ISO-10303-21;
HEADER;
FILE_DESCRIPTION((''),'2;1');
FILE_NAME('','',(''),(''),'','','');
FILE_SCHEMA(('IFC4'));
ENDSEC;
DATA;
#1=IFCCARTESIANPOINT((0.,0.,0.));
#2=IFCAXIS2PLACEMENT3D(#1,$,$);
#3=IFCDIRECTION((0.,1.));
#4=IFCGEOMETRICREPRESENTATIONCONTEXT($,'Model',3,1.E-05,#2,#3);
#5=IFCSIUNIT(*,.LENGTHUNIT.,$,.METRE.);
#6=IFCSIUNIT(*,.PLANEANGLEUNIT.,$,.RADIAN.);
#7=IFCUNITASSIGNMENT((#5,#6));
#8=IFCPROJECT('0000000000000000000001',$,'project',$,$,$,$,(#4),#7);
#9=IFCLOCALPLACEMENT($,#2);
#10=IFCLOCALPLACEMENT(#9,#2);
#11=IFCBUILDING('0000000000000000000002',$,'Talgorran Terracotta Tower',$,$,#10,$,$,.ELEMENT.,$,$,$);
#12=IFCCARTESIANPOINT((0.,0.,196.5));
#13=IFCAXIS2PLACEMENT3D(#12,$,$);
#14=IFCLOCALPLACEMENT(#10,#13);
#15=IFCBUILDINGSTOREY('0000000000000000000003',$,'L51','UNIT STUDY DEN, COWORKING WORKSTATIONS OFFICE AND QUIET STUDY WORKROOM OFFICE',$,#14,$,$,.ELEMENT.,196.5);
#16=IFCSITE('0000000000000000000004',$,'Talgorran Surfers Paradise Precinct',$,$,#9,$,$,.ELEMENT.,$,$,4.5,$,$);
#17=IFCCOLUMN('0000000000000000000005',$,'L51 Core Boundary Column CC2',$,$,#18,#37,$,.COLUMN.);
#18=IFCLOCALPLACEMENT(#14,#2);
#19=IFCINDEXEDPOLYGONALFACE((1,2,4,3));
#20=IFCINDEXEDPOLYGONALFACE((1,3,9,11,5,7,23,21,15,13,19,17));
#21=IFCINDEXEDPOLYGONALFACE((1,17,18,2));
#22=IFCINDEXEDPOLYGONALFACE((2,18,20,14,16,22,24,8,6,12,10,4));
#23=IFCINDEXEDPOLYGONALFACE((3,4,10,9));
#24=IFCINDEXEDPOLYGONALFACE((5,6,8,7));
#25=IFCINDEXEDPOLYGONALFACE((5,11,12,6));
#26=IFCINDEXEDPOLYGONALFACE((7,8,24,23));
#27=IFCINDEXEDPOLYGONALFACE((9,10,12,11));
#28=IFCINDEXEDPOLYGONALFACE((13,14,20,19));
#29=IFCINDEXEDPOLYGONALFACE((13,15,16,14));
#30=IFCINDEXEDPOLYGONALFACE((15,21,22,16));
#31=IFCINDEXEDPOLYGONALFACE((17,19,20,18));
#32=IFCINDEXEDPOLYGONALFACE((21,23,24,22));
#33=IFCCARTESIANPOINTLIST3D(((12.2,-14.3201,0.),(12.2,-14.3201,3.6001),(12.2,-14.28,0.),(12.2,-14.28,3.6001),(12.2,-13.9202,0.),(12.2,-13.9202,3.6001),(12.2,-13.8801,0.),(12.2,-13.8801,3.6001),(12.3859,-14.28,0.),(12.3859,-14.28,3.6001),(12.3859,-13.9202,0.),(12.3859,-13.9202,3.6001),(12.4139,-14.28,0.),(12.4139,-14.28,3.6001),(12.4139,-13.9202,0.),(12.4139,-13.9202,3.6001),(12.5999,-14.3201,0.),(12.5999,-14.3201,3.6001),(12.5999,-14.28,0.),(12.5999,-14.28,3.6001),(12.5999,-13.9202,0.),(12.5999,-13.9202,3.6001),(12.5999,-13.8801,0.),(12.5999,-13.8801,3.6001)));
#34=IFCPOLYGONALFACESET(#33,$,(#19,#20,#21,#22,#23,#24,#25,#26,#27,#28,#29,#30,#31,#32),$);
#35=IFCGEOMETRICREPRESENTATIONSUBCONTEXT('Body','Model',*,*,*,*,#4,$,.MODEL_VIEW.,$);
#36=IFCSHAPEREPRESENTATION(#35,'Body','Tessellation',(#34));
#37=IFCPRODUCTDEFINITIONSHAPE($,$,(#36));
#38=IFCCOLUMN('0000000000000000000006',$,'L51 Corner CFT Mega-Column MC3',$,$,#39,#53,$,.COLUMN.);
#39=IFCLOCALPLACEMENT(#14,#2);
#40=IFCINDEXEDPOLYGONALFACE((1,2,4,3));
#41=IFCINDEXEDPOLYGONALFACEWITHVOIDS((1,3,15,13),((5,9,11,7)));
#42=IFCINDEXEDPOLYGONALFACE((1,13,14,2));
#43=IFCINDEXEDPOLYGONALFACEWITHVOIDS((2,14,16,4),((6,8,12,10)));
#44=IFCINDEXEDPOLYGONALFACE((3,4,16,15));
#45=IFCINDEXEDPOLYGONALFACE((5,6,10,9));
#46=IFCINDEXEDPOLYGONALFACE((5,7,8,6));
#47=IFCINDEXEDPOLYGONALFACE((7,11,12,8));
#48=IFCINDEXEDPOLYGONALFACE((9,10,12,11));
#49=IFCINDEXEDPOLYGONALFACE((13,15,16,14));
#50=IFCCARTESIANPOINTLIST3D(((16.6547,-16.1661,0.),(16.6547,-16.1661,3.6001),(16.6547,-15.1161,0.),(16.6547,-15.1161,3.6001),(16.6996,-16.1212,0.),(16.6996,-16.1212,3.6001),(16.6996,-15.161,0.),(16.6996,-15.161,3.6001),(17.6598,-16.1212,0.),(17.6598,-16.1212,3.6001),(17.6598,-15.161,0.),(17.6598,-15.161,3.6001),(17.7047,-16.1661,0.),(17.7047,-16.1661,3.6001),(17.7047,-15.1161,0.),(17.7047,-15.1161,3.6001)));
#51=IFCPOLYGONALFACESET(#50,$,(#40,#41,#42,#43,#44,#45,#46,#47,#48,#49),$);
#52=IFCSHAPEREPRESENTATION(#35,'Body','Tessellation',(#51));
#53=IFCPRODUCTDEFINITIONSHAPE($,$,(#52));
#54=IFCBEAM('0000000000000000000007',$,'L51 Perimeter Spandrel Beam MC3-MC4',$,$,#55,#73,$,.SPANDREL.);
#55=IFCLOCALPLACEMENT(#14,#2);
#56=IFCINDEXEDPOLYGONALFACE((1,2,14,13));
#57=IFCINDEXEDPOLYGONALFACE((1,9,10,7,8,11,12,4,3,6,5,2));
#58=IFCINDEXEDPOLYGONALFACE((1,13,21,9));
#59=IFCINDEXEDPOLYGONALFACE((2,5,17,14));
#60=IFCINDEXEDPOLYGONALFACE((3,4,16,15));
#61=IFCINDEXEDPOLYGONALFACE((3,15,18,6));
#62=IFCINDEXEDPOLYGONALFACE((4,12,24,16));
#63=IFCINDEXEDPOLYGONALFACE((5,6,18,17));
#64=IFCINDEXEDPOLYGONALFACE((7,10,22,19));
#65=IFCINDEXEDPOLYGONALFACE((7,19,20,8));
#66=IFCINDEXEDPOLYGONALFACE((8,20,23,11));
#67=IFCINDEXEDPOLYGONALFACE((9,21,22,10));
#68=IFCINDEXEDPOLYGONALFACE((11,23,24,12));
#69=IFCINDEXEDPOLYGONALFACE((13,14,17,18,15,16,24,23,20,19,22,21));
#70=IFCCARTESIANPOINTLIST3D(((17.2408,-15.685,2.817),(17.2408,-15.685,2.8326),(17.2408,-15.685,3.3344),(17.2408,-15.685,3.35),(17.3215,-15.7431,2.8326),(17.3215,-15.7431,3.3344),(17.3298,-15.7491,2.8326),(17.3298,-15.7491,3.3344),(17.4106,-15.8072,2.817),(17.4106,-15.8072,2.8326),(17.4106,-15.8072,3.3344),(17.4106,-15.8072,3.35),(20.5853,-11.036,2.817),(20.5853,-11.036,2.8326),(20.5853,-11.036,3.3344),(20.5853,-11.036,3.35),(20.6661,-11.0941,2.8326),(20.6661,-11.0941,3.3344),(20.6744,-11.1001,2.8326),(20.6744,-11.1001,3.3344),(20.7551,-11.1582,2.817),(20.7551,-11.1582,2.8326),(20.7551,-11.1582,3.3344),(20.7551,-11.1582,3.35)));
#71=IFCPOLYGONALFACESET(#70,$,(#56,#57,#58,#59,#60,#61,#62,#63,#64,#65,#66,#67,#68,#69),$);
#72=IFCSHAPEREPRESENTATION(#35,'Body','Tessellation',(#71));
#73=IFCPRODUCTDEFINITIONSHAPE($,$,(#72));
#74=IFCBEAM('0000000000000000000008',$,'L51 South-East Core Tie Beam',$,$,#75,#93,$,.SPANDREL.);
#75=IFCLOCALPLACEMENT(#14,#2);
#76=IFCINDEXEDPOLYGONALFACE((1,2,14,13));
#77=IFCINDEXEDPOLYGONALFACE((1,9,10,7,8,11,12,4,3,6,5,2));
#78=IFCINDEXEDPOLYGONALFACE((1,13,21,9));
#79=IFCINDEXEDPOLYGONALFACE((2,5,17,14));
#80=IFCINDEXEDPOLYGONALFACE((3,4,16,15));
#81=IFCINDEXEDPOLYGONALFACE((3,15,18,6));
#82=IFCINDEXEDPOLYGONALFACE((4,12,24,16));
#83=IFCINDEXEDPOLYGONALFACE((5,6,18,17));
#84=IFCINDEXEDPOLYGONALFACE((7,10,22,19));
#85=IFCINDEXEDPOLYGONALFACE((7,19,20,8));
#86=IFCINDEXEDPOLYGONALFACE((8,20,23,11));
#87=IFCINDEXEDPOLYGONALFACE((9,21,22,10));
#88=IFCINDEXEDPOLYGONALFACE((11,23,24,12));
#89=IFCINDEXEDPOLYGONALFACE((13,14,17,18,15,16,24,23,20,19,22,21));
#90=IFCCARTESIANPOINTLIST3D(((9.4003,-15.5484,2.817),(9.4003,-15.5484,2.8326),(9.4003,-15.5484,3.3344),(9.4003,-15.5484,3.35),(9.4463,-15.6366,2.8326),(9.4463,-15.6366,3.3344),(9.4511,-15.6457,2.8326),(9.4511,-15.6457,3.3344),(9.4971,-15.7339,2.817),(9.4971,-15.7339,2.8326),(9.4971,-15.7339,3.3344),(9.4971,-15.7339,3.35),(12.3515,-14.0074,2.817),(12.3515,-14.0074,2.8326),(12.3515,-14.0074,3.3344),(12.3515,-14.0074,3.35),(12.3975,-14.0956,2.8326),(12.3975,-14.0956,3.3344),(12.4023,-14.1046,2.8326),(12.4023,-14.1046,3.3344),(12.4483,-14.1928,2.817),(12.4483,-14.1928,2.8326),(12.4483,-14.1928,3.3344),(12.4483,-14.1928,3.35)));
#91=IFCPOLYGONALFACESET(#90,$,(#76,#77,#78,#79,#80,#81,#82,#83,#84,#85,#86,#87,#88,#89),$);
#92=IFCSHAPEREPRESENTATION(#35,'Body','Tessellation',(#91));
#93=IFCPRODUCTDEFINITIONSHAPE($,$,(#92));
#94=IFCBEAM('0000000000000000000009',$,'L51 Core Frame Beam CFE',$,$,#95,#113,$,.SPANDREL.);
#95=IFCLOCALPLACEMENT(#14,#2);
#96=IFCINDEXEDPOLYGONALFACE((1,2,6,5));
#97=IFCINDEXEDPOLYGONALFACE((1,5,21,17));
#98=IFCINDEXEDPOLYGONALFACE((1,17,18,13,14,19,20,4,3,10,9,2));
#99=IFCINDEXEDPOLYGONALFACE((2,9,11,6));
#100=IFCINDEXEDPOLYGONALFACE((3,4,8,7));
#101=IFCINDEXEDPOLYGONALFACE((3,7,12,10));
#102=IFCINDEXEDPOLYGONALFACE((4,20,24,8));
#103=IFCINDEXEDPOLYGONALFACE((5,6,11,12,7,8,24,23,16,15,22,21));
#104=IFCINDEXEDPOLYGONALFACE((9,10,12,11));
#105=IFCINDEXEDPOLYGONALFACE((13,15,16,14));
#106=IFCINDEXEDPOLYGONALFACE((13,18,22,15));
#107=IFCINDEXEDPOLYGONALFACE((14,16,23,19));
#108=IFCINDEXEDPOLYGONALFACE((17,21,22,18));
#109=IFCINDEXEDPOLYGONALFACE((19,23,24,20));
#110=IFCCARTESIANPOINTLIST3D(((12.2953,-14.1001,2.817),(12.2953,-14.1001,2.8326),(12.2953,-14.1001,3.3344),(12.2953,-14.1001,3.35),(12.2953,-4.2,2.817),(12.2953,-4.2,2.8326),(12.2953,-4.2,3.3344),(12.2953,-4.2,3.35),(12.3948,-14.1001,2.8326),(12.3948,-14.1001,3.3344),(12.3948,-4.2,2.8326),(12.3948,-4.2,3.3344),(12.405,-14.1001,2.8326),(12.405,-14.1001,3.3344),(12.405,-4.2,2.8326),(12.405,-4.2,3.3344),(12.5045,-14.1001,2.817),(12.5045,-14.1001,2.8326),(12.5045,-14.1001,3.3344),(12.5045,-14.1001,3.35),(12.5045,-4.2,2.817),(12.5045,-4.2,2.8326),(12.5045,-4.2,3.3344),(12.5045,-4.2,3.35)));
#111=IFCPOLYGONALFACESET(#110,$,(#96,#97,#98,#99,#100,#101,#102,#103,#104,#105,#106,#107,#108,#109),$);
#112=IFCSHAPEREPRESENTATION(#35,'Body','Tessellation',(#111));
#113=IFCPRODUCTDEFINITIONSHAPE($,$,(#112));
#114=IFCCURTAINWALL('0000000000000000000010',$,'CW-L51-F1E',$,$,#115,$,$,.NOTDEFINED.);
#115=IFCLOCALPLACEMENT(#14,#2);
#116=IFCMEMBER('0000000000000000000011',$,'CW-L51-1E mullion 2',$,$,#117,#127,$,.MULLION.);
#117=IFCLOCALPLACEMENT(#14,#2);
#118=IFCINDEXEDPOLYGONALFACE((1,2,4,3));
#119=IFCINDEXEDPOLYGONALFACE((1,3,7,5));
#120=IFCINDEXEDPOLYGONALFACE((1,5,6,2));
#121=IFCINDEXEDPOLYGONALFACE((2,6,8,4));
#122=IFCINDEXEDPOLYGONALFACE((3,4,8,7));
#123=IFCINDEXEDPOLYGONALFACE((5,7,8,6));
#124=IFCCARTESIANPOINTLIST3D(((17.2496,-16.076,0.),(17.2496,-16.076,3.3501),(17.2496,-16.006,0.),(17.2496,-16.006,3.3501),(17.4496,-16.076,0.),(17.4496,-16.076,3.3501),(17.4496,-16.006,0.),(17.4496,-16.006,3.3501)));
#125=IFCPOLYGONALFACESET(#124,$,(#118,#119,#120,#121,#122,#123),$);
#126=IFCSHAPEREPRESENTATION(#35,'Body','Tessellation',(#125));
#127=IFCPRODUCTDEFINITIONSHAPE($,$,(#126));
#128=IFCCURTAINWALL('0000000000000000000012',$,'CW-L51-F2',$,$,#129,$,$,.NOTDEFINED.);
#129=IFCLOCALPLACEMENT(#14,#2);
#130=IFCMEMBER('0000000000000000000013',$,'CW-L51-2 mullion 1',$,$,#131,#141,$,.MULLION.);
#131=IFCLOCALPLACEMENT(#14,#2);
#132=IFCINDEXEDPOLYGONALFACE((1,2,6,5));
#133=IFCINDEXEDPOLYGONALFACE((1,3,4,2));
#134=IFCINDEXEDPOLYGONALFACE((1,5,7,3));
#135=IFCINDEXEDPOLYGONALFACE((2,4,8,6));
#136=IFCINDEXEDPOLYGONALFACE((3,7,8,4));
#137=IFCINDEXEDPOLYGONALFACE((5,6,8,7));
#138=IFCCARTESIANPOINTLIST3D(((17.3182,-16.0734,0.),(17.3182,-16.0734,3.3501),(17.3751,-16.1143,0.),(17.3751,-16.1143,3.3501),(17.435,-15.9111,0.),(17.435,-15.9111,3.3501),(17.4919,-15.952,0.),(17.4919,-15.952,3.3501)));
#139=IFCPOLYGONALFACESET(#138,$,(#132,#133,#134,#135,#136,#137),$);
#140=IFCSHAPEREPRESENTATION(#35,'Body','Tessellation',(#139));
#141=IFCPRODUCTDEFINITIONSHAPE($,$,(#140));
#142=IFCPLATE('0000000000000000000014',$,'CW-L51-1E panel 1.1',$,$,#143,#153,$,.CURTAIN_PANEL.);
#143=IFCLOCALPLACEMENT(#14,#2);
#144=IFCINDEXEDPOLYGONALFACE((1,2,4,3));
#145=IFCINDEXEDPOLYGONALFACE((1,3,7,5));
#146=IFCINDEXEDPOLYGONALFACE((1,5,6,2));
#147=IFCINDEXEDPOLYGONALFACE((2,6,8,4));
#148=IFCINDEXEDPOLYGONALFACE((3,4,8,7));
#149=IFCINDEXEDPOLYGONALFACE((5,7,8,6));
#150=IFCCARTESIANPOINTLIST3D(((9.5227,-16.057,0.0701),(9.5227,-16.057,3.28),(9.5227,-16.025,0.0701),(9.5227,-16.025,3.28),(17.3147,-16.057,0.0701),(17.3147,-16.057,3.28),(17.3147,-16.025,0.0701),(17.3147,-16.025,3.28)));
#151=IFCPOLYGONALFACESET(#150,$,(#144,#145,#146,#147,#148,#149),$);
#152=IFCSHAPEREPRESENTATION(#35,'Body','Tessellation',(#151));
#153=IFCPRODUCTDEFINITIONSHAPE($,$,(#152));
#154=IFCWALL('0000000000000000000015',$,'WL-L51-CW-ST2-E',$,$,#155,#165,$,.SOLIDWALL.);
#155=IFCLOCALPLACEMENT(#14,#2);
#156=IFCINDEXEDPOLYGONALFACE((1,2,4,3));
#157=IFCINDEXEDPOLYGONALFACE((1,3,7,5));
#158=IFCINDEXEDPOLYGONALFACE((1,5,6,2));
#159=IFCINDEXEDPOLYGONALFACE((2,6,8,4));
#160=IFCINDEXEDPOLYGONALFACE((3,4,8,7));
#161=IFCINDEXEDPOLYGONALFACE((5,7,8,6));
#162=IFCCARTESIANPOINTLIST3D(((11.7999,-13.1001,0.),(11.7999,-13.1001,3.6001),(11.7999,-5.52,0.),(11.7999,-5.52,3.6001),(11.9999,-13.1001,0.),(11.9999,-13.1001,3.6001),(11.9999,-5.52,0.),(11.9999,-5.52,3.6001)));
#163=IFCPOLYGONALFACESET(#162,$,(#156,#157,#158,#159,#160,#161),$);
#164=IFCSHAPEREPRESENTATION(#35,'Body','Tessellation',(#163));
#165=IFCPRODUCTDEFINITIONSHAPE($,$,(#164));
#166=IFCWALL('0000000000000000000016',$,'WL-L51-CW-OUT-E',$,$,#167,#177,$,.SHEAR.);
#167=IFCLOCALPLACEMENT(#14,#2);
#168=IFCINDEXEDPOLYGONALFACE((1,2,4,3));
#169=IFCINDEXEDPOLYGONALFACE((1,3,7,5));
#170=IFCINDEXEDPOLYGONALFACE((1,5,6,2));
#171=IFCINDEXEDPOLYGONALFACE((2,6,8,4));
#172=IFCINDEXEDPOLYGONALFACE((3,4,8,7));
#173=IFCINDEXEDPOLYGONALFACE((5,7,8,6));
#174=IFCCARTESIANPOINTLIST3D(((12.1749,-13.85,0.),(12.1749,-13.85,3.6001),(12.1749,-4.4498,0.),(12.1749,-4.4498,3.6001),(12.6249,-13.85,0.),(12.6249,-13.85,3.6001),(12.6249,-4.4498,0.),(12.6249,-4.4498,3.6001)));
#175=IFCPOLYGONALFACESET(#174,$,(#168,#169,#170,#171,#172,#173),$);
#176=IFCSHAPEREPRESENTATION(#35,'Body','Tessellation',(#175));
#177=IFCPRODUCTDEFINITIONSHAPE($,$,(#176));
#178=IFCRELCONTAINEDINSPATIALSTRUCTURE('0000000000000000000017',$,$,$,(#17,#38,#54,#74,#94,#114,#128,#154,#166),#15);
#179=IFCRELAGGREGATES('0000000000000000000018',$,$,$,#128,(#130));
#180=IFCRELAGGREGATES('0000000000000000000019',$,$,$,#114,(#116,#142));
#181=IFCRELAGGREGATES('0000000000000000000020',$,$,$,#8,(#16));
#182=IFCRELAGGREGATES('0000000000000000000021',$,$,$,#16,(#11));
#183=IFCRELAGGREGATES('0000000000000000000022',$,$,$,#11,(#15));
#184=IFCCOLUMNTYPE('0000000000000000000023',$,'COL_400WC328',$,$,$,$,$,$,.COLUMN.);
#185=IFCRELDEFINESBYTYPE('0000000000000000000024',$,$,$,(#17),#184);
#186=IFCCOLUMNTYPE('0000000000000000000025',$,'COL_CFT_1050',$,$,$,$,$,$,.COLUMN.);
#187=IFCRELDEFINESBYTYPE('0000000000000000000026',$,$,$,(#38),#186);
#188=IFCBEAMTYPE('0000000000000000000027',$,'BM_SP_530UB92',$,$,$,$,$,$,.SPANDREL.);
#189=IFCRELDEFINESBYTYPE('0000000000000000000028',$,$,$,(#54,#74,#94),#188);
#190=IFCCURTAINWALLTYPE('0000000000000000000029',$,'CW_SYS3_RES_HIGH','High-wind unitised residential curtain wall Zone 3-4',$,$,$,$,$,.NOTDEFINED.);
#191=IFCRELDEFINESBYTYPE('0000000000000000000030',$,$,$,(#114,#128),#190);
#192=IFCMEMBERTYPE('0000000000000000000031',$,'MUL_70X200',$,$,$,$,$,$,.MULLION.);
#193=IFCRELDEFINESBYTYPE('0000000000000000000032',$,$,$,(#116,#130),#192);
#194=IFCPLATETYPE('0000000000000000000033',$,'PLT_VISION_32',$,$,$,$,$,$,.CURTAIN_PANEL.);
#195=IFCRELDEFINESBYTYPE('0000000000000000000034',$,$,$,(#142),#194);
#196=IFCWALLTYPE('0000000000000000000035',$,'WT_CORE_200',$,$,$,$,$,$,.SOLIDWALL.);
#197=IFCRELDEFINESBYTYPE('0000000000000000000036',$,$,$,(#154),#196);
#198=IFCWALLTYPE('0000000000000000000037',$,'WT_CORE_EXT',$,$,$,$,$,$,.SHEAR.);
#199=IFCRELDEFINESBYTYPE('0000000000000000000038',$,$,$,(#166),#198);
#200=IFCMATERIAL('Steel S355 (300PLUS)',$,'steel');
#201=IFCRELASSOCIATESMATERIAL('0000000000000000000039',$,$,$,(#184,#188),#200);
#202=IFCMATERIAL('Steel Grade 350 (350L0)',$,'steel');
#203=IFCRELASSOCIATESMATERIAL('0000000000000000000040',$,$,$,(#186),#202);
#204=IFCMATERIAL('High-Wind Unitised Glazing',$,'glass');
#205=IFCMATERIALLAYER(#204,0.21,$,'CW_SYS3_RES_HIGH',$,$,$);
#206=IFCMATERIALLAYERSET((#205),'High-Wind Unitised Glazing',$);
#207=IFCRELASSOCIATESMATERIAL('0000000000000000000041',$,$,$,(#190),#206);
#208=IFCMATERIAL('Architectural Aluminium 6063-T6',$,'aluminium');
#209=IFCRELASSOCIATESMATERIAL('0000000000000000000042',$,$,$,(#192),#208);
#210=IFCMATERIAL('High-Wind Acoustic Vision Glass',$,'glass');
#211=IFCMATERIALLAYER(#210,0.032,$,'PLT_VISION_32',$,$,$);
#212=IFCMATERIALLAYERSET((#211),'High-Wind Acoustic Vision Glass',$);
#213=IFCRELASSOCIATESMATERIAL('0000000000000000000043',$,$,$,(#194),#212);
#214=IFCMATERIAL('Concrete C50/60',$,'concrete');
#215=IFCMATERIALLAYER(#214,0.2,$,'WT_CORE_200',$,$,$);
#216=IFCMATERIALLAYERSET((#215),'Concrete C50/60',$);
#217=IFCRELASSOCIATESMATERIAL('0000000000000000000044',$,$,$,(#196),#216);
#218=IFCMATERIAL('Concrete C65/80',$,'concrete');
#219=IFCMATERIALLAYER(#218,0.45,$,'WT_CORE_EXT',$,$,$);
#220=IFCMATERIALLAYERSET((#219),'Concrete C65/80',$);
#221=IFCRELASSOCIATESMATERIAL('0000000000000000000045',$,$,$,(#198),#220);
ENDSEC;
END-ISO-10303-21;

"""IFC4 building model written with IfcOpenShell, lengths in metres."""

from ifc_helpers import new_model, si_unit, direction, frame, frame_2d, origin, origin_2d, place, context, subcontext, project, spatial, rectangle, hollow_rectangle, i_section, extrude, source, transform, mapped, material, layer, layer_set, material_profile, profile_set, type_object, type_shapes, element, aggregate, save


model = new_model("IFC4")

# Units and contexts
model_context = context("Model", 3, precision=1e-05, world=origin(), true_north=direction((0.0, 1.0)))
body_context = subcontext(model_context, "Body", "Model", "MODEL_VIEW")
ifc_project = project(units=[si_unit("LENGTHUNIT", "METRE"), si_unit("PLANEANGLEUNIT", "RADIAN")], contexts=[model_context])

# Site, building, storey
site_placement = place(None, origin())
site = spatial("IfcSite", under=ifc_project, at=site_placement, Name="Talgorran Surfers Paradise Precinct", CompositionType="ELEMENT", RefElevation=4.5)
building_placement = place(site_placement, origin())
building = spatial("IfcBuilding", under=site, at=building_placement, Name="Talgorran Terracotta Tower", CompositionType="ELEMENT")
storey_placement = place(building_placement, frame((0.0, 0.0, 196.5)))
storey = spatial("IfcBuildingStorey", under=building, at=storey_placement, Name="L51", Description="UNIT STUDY DEN, COWORKING WORKSTATIONS OFFICE AND QUIET STUDY WORKROOM OFFICE", CompositionType="ELEMENT", Elevation=196.5)

# Columns
ifc_material_1 = material(Name="Steel S355 (300PLUS)", Category="steel")
ifc_material_profile_1 = material_profile(ifc_material_1, i_section(OverallWidth=0.3999, OverallDepth=0.4399, WebThickness=0.0281, FlangeThickness=0.04, at=origin_2d()), Name="400WC328")
ifc_profile_set_1 = profile_set([ifc_material_profile_1], Name="Steel S355 (300PLUS)")
column_type_1 = type_object("IfcColumnType", Name="COL_400WC328", PredefinedType="COLUMN", material=ifc_profile_set_1)
column_1_placement = place(storey_placement, frame((12.3999, -14.1001, 0.0), z_axis=(0.0, 0.0, 1.0), x_axis=(1.0, 0.0, 0.0)))
element("IfcColumn", 1, at=column_1_placement, inside=storey, type_object=column_type_1, Name="L51 Core Boundary Column CC2", PredefinedType="COLUMN", context=body_context, shape_type="SweptSolid", body=[
    extrude(i_section(OverallWidth=0.3999, OverallDepth=0.4399, WebThickness=0.0281, FlangeThickness=0.04, at=origin_2d()), origin(), (0.0, 0.0, 1.0), 3.6001),
])
ifc_material_2 = material(Name="Steel Grade 350 (350L0)", Category="steel")
ifc_material_profile_2 = material_profile(ifc_material_2, hollow_rectangle(XDim=1.05, YDim=1.05, WallThickness=0.0449, at=origin_2d()), Name="CFT1050X1050X45")
ifc_profile_set_2 = profile_set([ifc_material_profile_2], Name="Steel Grade 350 (350L0)")
column_type_2 = type_object("IfcColumnType", Name="COL_CFT_1050", PredefinedType="COLUMN", material=ifc_profile_set_2)
column_2_placement = place(storey_placement, frame((17.1797, -15.6411, 0.0), z_axis=(0.0, 0.0, 1.0), x_axis=(1.0, 0.0, 0.0)))
element("IfcColumn", 2, at=column_2_placement, inside=storey, type_object=column_type_2, Name="L51 Corner CFT Mega-Column MC3", PredefinedType="COLUMN", context=body_context, shape_type="SweptSolid", body=[
    extrude(hollow_rectangle(XDim=1.05, YDim=1.05, WallThickness=0.0449, at=origin_2d()), origin(), (0.0, 0.0, 1.0), 3.6001),
])

# Beams
ifc_material_profile_3 = material_profile(ifc_material_1, i_section(OverallWidth=0.2092, OverallDepth=0.533, WebThickness=0.0103, FlangeThickness=0.0156, at=origin_2d()), Name="530UB92.4")
ifc_profile_set_3 = profile_set([ifc_material_profile_3], Name="Steel S355 (300PLUS)")
beam_type = type_object("IfcBeamType", Name="BM_SP_530UB92", PredefinedType="SPANDREL", material=ifc_profile_set_3)
beam_1_placement = place(storey_placement, frame((17.3257, -15.7461, 3.0835), z_axis=(0.583989, 0.811761, 0.0), x_axis=(-0.811761, 0.583989, 0.0)))
element("IfcBeam", 3, at=beam_1_placement, inside=storey, type_object=beam_type, Name="L51 Perimeter Spandrel Beam MC3-MC4", PredefinedType="SPANDREL", context=body_context, shape_type="SweptSolid", body=[
    extrude(i_section(OverallWidth=0.2092, OverallDepth=0.533, WebThickness=0.0103, FlangeThickness=0.0156, at=origin_2d()), origin(), (0.0, 0.0, 1.0), 5.7271),
])
beam_2_placement = place(storey_placement, frame((12.3999, -14.1001, 3.0835), z_axis=(-0.886428, -0.462867, 0.0), x_axis=(0.462867, -0.886428, 0.0)))
element("IfcBeam", 4, at=beam_2_placement, inside=storey, type_object=beam_type, Name="L51 South-East Core Tie Beam", PredefinedType="SPANDREL", context=body_context, shape_type="SweptSolid", body=[
    extrude(i_section(OverallWidth=0.2092, OverallDepth=0.533, WebThickness=0.0103, FlangeThickness=0.0156, at=origin_2d()), origin(), (0.0, 0.0, 1.0), 3.3293),
])
beam_3_placement = place(storey_placement, frame((12.3999, -14.1001, 3.0835), z_axis=(0.0, 1.0, 0.0), x_axis=(-1.0, 0.0, 0.0)))
element("IfcBeam", 5, at=beam_3_placement, inside=storey, type_object=beam_type, Name="L51 Core Frame Beam CFE", PredefinedType="SPANDREL", context=body_context, shape_type="SweptSolid", body=[
    extrude(i_section(OverallWidth=0.2092, OverallDepth=0.533, WebThickness=0.0103, FlangeThickness=0.0156, at=origin_2d()), origin(), (0.0, 0.0, 1.0), 9.9001),
])

# Curtain walls, members
ifc_material_3 = material(Name="High-Wind Unitised Glazing", Category="glass")
ifc_layer_1 = layer(ifc_material_3, 0.21, Name="CW_SYS3_RES_HIGH")
ifc_layer_set_1 = layer_set([ifc_layer_1], Name="High-Wind Unitised Glazing")
curtain_wall_type = type_object("IfcCurtainWallType", Name="CW_SYS3_RES_HIGH", Description="High-wind unitised residential curtain wall Zone 3-4", PredefinedType="NOTDEFINED", material=ifc_layer_set_1)
curtain_wall_1_placement = place(storey_placement, origin())
curtain_wall_1 = element("IfcCurtainWall", 6, at=curtain_wall_1_placement, inside=storey, type_object=curtain_wall_type, Name="CW-L51-F1E", PredefinedType="NOTDEFINED")
ifc_material_4 = material(Name="Architectural Aluminium 6063-T6", Category="aluminium")
ifc_material_profile_4 = material_profile(ifc_material_4, rectangle(XDim=0.0701, YDim=0.2, at=origin_2d()), Name="CWM70X200")
ifc_profile_set_4 = profile_set([ifc_material_profile_4], Name="Architectural Aluminium 6063-T6")
member_type = type_object("IfcMemberType", Name="MUL_70X200", PredefinedType="MULLION", material=ifc_profile_set_4)
member_1_placement = place(storey_placement, frame((17.3496, -16.041, 0.0), z_axis=(0.0, 0.0, 1.0), x_axis=(0.0, 1.0, 0.0)))
member_1 = element("IfcMember", 7, at=member_1_placement, type_object=member_type, Name="CW-L51-1E mullion 2", PredefinedType="MULLION", context=body_context, shape_type="SweptSolid", body=[
    extrude(rectangle(XDim=0.0701, YDim=0.2, at=origin_2d()), origin(), (0.0, 0.0, 1.0), 3.3501),
])
curtain_wall_2_placement = place(storey_placement, origin())
curtain_wall_2 = element("IfcCurtainWall", 8, at=curtain_wall_2_placement, inside=storey, type_object=curtain_wall_type, Name="CW-L51-F2", PredefinedType="NOTDEFINED")
member_2_placement = place(storey_placement, frame((17.405, -16.0127, 0.0), z_axis=(0.0, 0.0, 1.0), x_axis=(-0.811769, 0.583979, 0.0)))
member_2 = element("IfcMember", 9, at=member_2_placement, type_object=member_type, Name="CW-L51-2 mullion 1", PredefinedType="MULLION", context=body_context, shape_type="SweptSolid", body=[
    extrude(rectangle(XDim=0.0701, YDim=0.2, at=origin_2d()), origin(), (0.0, 0.0, 1.0), 3.3501),
])
aggregate(curtain_wall_2, [member_2])

# Plate
ifc_material_5 = material(Name="High-Wind Acoustic Vision Glass", Category="glass")
ifc_layer_2 = layer(ifc_material_5, 0.032, Name="PLT_VISION_32")
ifc_layer_set_2 = layer_set([ifc_layer_2], Name="High-Wind Acoustic Vision Glass")
plate_type = type_object("IfcPlateType", Name="PLT_VISION_32", PredefinedType="CURTAIN_PANEL", material=ifc_layer_set_2)
shared_shape = source(origin(), body_context, "Body", "SweptSolid", [
    extrude(rectangle(XDim=7.792, YDim=0.032, at=origin_2d()), origin(), (0.0, 0.0, 1.0), 3.21),
])
type_shapes(plate_type, [shared_shape])
plate_placement = place(storey_placement, frame((13.4187, -16.041, 0.0701), z_axis=(0.0, 0.0, 1.0), x_axis=(1.0, 0.0, 0.0)))
plate = element("IfcPlate", 10, at=plate_placement, type_object=plate_type, Name="CW-L51-1E panel 1.1", PredefinedType="CURTAIN_PANEL", context=body_context, shape_type="MappedRepresentation", body=[
    mapped(shared_shape, transform((0.0, 0.0, 0.0), scale=1.0)),
])
aggregate(curtain_wall_1, [member_1, plate])

# Walls
ifc_material_6 = material(Name="Concrete C50/60", Category="concrete")
ifc_layer_3 = layer(ifc_material_6, 0.2, Name="WT_CORE_200")
ifc_layer_set_3 = layer_set([ifc_layer_3], Name="Concrete C50/60")
wall_type_1 = type_object("IfcWallType", Name="WT_CORE_200", PredefinedType="SOLIDWALL", material=ifc_layer_set_3)
wall_1_placement = place(storey_placement, frame((11.8999, -13.1001, 0.0), z_axis=(0.0, 0.0, 1.0), x_axis=(0.0, 1.0, 0.0)))
element("IfcWall", 11, at=wall_1_placement, inside=storey, type_object=wall_type_1, Name="WL-L51-CW-ST2-E", PredefinedType="SOLIDWALL", context=body_context, shape_type="SweptSolid", body=[
    extrude(rectangle(XDim=7.5801, YDim=0.2, at=frame_2d((3.79, 0.0))), origin(), (0.0, 0.0, 1.0), 3.6001),
])
ifc_material_7 = material(Name="Concrete C65/80", Category="concrete")
ifc_layer_4 = layer(ifc_material_7, 0.45, Name="WT_CORE_EXT")
ifc_layer_set_4 = layer_set([ifc_layer_4], Name="Concrete C65/80")
wall_type_2 = type_object("IfcWallType", Name="WT_CORE_EXT", PredefinedType="SHEAR", material=ifc_layer_set_4)
wall_2_placement = place(storey_placement, frame((12.3999, -13.8501, 0.0), z_axis=(0.0, 0.0, 1.0), x_axis=(0.0, 1.0, 0.0)))
element("IfcWall", 12, at=wall_2_placement, inside=storey, type_object=wall_type_2, Name="WL-L51-CW-OUT-E", PredefinedType="SHEAR", context=body_context, shape_type="SweptSolid", body=[
    extrude(rectangle(XDim=9.4001, YDim=0.45, at=frame_2d((4.7002, 0.0))), origin(), (0.0, 0.0, 1.0), 3.6001),
])

save(model, "model.ifc")
